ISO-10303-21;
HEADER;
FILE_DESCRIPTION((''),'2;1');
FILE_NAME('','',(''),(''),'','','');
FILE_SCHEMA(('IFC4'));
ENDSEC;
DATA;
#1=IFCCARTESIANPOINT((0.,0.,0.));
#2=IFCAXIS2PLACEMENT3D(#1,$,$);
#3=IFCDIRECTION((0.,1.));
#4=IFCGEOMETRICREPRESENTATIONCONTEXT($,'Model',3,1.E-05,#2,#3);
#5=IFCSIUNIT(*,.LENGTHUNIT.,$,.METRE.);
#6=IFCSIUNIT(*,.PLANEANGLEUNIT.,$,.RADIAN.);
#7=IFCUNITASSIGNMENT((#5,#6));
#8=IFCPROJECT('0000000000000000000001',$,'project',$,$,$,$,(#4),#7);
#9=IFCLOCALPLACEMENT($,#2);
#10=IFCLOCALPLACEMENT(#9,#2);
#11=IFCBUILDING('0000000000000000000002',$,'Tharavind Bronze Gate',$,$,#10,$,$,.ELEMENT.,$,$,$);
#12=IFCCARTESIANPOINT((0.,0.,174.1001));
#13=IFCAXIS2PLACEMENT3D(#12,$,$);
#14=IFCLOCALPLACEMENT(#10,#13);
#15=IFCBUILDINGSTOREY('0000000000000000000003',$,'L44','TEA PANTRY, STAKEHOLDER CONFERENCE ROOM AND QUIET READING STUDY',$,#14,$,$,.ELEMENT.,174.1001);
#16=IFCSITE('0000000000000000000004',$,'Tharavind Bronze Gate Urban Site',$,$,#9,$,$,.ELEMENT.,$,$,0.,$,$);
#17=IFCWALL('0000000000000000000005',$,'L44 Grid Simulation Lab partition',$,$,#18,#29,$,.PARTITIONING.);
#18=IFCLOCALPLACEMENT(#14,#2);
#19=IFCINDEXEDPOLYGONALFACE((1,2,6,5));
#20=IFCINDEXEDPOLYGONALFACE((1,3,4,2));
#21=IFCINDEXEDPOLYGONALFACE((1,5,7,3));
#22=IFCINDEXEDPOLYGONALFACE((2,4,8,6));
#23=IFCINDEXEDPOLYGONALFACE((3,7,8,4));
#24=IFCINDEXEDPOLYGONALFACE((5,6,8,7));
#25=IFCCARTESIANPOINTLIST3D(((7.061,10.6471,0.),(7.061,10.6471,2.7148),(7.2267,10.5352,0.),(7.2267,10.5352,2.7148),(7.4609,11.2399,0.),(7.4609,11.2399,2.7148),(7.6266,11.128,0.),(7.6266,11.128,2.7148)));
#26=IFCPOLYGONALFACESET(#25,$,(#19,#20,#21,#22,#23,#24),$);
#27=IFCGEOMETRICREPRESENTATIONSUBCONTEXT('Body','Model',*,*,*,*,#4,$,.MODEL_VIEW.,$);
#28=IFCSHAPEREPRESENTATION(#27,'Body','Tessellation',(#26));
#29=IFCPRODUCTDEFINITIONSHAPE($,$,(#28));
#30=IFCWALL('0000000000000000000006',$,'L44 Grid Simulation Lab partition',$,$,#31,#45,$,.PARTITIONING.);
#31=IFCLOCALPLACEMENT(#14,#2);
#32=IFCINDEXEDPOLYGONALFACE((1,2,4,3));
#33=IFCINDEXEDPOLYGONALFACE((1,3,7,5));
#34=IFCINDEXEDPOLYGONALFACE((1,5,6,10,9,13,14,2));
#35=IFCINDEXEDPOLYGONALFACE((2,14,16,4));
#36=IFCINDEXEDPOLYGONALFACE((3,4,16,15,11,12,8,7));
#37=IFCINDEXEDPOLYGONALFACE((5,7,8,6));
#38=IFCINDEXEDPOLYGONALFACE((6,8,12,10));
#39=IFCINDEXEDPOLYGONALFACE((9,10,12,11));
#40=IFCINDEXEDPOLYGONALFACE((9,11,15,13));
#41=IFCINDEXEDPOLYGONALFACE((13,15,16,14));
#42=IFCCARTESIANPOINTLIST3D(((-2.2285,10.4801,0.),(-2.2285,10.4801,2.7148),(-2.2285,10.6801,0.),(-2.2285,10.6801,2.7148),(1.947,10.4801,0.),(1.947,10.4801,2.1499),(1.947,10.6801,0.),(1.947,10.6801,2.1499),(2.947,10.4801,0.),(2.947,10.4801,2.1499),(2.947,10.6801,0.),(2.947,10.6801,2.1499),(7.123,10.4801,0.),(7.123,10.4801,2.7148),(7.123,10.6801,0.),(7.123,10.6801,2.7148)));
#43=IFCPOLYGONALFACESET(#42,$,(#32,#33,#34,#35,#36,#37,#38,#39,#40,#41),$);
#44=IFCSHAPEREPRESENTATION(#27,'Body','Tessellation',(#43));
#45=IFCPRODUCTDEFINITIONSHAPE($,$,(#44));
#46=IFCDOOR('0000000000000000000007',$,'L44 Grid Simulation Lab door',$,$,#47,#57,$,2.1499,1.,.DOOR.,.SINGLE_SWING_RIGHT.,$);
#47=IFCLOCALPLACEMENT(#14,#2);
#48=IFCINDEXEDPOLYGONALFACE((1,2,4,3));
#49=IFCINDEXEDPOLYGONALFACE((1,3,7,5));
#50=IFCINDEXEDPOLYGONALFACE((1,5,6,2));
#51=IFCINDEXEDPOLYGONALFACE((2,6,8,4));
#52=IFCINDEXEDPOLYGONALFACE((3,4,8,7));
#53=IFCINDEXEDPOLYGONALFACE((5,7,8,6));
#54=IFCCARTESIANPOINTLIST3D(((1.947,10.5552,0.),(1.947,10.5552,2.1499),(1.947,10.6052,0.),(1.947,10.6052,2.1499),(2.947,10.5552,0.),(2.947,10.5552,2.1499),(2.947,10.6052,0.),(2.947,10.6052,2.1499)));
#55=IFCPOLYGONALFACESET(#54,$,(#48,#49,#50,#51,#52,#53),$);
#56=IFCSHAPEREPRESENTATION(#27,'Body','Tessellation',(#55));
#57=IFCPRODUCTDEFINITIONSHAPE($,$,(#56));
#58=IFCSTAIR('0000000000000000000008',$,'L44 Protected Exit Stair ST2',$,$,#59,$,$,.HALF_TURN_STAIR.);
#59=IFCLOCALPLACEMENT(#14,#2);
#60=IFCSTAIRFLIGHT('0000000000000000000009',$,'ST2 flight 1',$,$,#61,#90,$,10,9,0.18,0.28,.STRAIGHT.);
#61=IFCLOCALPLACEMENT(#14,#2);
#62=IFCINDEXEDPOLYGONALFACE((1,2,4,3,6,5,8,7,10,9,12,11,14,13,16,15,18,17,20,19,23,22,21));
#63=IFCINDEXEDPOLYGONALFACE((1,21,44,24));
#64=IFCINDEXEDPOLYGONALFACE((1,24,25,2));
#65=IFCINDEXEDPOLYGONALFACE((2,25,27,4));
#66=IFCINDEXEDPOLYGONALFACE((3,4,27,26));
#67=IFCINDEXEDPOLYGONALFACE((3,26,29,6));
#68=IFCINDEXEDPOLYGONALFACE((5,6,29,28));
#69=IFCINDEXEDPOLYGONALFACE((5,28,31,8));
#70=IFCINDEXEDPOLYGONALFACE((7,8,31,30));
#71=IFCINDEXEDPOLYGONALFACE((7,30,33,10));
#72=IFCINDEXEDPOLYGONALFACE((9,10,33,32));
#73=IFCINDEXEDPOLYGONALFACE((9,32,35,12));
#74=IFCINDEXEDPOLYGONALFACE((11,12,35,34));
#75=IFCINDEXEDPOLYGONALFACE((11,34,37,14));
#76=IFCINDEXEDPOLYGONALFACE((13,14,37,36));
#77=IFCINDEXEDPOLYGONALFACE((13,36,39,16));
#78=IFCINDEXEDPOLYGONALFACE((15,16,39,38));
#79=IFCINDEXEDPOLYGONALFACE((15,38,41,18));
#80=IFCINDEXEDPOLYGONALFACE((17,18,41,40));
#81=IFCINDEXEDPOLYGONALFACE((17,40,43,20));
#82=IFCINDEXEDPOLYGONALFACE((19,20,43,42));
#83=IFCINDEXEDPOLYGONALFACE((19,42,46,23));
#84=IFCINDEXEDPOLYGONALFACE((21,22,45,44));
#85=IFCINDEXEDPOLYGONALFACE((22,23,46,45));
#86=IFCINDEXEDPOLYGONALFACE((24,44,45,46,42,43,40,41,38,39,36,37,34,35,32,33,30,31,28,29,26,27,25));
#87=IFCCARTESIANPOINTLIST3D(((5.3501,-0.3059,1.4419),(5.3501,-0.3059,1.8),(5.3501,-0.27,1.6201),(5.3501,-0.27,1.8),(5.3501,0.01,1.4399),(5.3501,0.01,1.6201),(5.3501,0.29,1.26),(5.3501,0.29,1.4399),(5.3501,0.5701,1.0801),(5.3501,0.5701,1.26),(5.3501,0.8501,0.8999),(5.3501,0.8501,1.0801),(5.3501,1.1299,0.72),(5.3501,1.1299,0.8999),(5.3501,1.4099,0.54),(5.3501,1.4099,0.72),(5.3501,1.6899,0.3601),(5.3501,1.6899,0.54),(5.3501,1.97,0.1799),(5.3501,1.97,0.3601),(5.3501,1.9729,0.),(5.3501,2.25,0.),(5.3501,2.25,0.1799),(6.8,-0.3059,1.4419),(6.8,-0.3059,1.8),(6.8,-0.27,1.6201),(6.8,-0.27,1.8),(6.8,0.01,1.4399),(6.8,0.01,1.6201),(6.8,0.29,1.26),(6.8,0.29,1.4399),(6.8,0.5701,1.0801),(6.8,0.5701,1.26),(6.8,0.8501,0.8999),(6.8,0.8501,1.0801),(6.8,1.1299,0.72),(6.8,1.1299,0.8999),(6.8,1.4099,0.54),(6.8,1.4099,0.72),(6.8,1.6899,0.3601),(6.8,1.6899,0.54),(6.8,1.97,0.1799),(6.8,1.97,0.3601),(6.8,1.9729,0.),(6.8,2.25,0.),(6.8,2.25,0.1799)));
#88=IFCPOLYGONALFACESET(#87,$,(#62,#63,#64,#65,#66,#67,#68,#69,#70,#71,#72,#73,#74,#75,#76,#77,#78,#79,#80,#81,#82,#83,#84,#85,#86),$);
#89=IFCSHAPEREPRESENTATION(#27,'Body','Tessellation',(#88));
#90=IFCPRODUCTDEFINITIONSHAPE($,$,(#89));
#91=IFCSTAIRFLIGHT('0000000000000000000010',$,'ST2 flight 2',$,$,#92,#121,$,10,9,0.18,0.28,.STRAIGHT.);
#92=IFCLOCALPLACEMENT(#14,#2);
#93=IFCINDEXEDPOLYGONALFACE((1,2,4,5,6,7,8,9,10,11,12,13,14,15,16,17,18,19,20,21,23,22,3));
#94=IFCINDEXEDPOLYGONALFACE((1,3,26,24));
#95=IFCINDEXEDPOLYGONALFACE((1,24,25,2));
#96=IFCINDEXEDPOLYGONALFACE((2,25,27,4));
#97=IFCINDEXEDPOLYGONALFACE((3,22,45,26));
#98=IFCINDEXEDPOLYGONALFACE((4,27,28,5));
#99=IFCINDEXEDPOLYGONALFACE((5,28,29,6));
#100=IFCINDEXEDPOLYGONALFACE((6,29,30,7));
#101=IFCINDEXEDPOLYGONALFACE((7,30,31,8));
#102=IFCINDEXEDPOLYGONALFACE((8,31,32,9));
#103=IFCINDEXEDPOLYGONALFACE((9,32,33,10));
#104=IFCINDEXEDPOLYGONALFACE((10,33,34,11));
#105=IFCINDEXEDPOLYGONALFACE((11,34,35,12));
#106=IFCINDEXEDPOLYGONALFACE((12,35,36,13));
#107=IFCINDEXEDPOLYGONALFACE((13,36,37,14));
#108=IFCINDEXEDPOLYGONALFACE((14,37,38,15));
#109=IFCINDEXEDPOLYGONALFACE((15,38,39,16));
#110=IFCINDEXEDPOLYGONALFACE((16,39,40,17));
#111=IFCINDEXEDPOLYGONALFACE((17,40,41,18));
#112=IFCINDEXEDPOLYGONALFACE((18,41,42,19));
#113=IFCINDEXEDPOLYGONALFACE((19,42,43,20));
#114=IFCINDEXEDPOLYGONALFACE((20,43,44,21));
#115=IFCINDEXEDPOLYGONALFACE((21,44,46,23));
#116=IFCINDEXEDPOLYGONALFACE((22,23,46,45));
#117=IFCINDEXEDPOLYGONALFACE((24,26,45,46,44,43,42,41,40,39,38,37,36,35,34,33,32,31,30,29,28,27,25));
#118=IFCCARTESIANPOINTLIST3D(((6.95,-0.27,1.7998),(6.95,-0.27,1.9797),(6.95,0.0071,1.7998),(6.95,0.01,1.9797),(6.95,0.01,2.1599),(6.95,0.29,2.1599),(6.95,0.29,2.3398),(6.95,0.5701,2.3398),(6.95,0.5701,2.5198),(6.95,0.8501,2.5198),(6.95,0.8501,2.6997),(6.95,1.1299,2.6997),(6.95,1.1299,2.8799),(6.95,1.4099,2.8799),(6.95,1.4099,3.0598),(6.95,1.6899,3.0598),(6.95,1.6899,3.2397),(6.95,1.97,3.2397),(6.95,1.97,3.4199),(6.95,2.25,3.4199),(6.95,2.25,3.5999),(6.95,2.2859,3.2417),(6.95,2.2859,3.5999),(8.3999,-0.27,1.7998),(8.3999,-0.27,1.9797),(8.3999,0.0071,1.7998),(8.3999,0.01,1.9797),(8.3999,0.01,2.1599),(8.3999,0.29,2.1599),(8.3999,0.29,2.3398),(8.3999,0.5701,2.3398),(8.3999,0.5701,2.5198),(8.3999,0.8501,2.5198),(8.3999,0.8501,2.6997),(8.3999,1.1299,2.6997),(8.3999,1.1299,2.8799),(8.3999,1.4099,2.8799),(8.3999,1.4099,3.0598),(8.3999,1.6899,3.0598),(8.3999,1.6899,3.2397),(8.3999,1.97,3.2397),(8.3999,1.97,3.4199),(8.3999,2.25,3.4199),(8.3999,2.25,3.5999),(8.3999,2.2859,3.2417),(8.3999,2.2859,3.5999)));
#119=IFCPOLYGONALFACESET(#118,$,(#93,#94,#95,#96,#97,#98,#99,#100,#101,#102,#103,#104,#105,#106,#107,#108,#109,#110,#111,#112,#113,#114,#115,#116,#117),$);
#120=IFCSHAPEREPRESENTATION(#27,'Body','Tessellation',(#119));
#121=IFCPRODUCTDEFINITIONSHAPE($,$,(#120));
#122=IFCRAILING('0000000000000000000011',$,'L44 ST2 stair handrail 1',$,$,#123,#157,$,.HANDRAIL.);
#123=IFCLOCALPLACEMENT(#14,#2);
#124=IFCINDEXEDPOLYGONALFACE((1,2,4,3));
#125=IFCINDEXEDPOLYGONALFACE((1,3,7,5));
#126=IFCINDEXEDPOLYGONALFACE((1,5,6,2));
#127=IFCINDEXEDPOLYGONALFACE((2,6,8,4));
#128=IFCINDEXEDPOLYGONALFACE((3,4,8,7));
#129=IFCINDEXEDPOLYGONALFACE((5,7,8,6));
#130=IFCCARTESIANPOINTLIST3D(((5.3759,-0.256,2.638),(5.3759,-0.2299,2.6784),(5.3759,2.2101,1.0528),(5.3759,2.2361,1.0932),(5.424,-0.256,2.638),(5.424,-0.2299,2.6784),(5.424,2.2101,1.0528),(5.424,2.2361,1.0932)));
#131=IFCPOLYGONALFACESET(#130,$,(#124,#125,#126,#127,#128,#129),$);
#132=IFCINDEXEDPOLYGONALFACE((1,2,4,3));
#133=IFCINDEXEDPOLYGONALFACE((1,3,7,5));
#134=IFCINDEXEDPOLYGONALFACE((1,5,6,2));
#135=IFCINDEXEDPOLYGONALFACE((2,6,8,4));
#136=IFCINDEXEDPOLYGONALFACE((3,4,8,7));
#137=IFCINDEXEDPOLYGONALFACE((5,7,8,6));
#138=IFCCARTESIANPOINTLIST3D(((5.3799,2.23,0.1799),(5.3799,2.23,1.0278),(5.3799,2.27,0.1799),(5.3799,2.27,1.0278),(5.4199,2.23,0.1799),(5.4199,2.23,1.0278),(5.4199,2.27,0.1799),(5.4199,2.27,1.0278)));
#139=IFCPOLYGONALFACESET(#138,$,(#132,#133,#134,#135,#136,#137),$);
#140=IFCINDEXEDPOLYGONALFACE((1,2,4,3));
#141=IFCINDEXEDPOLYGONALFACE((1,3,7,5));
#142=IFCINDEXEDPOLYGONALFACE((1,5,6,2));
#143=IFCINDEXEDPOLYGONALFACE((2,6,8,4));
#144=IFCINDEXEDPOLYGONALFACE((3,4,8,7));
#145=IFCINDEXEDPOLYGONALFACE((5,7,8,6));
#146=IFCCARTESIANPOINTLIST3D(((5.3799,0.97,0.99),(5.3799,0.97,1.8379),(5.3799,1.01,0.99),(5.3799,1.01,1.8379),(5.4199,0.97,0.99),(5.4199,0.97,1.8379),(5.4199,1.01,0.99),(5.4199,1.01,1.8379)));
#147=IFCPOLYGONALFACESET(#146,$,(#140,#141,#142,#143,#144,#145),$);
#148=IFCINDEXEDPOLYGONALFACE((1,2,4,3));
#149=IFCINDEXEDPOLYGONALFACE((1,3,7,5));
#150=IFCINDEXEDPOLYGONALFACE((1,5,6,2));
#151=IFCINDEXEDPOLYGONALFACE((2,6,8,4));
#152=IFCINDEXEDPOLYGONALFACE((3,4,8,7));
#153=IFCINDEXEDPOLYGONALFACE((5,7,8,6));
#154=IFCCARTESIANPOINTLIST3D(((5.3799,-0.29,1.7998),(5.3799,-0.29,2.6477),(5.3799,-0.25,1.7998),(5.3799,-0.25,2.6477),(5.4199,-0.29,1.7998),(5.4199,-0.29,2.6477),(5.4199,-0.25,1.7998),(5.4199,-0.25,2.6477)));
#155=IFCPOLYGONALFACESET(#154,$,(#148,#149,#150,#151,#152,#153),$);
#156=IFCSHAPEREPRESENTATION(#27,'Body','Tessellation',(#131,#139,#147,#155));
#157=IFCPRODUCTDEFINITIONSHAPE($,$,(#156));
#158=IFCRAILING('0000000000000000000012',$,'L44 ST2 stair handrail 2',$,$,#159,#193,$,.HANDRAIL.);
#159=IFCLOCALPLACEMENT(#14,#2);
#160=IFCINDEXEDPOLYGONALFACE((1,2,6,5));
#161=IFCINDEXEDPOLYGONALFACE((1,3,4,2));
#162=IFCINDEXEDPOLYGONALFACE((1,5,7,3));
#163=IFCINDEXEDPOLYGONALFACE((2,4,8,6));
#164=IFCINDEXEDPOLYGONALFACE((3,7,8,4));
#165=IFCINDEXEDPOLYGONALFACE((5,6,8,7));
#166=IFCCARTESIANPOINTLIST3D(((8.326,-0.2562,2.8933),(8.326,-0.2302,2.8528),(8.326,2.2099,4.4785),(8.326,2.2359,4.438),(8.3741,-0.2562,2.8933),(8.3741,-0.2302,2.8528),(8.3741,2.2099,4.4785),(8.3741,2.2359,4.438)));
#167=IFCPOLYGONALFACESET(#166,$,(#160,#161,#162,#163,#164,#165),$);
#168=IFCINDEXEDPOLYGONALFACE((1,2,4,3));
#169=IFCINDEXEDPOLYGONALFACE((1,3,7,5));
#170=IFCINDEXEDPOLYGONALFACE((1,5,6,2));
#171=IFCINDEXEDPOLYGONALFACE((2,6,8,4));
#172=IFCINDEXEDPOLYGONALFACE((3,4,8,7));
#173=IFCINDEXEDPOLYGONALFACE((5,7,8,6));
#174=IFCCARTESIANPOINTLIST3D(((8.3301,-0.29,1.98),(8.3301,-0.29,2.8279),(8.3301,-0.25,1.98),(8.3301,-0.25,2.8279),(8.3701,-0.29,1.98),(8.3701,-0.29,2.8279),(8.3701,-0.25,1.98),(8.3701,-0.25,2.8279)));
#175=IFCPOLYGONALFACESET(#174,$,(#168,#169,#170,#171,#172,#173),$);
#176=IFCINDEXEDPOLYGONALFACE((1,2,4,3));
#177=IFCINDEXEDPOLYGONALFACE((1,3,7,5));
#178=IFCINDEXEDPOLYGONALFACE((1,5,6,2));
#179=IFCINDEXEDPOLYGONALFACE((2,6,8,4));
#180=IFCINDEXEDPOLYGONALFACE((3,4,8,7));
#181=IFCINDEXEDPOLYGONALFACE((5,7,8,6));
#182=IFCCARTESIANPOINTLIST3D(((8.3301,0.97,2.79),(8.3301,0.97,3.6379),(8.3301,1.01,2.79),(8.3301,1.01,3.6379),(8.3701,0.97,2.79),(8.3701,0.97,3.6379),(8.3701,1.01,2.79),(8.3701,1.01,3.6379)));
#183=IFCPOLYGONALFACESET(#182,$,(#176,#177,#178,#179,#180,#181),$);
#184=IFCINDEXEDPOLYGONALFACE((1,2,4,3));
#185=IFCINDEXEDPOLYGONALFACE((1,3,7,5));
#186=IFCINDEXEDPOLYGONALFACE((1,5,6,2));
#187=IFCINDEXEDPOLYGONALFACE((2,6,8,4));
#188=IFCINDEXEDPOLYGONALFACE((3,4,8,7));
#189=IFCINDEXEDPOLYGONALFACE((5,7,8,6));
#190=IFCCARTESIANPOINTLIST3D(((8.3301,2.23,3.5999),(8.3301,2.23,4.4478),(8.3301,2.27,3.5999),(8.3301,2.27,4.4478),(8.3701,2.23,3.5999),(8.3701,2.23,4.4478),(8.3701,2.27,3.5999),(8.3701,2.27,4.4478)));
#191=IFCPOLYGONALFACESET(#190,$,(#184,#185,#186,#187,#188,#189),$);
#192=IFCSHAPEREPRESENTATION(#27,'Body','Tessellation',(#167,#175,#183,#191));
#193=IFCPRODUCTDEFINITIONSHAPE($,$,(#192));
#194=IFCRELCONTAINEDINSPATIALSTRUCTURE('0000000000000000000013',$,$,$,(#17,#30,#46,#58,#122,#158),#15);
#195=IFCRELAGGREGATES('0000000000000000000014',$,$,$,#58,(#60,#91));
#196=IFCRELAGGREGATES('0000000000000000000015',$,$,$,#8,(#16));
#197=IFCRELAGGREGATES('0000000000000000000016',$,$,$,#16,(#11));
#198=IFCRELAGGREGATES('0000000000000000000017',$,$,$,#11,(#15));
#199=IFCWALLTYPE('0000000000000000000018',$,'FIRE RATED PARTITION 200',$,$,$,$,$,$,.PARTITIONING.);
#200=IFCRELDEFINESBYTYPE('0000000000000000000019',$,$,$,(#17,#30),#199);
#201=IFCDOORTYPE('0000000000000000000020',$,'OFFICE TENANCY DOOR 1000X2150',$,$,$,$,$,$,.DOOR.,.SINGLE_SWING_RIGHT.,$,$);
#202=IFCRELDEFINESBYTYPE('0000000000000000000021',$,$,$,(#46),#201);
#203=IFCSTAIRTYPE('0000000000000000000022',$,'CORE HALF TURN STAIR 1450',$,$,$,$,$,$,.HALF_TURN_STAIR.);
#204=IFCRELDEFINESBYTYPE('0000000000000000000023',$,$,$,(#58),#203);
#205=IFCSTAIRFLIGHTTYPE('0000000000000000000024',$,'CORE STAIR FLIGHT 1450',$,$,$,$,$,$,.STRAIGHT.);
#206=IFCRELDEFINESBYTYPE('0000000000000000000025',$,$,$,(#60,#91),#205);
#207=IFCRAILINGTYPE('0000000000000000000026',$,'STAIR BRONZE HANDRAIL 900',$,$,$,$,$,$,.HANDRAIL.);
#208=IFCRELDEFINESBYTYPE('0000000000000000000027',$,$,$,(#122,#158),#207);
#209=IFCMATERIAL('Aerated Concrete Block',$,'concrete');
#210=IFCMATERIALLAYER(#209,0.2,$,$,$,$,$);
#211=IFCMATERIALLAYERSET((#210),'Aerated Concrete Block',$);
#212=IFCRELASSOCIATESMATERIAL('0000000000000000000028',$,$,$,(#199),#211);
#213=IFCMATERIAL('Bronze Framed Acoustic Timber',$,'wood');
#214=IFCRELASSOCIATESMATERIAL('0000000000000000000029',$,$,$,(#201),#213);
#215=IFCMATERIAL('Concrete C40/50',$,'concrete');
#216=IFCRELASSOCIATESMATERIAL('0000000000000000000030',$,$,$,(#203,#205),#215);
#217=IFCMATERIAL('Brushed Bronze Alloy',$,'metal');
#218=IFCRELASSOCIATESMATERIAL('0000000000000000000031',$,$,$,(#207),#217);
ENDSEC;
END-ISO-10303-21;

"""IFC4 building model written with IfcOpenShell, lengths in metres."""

from ifc_helpers import new_model, si_unit, direction, frame, frame_2d, origin, origin_2d, place, context, subcontext, project, spatial, polyline, rectangle, outline, extrude, material, layer, layer_set, type_object, element, fill, aggregate, save


model = new_model("IFC4")

# Units and contexts
model_context = context("Model", 3, precision=1e-05, world=origin(), true_north=direction((0.0, 1.0)))
body_context = subcontext(model_context, "Body", "Model", "MODEL_VIEW")
ifc_project = project(units=[si_unit("LENGTHUNIT", "METRE"), si_unit("PLANEANGLEUNIT", "RADIAN")], contexts=[model_context])

# Site, building, storey
site_placement = place(None, origin())
site = spatial("IfcSite", under=ifc_project, at=site_placement, Name="Tharavind Bronze Gate Urban Site", CompositionType="ELEMENT", RefElevation=0.0)
building_placement = place(site_placement, origin())
building = spatial("IfcBuilding", under=site, at=building_placement, Name="Tharavind Bronze Gate", CompositionType="ELEMENT")
storey_placement = place(building_placement, frame((0.0, 0.0, 174.1001)))
storey = spatial("IfcBuildingStorey", under=building, at=storey_placement, Name="L44", Description="TEA PANTRY, STAKEHOLDER CONFERENCE ROOM AND QUIET READING STUDY", CompositionType="ELEMENT", Elevation=174.1001)

# Shared definitions
ifc_material_1 = material(Name="Aerated Concrete Block", Category="concrete")
ifc_layer_1 = layer(ifc_material_1, 0.2)
ifc_layer_set_1 = layer_set([ifc_layer_1], Name="Aerated Concrete Block")
wall_type_1 = type_object("IfcWallType", Name="FIRE RATED PARTITION 200", PredefinedType="PARTITIONING", material=ifc_layer_set_1)

# Shared definitions
ifc_material_2 = material(Name="Bronze Framed Acoustic Timber", Category="wood")
door_type_1 = type_object("IfcDoorType", Name="OFFICE TENANCY DOOR 1000X2150", OperationType="SINGLE_SWING_RIGHT", PredefinedType="DOOR", material=ifc_material_2)

# Wall
wall_1_placement = place(storey_placement, frame((7.5437, 11.1838, 0.0), z_axis=(0.0, 0.0, 1.0), x_axis=(-0.559262, -0.828991, 0.0)))
element("IfcWall", 1, at=wall_1_placement, inside=storey, type_object=wall_type_1, Name="L44 Grid Simulation Lab partition", PredefinedType="PARTITIONING", context=body_context, shape_type="SweptSolid", body=[
    extrude(rectangle(XDim=0.7151, YDim=0.2, at=frame_2d((0.3574, 0.0))), origin(), (0.0, 0.0, 1.0), 2.7148),
])

# Wall, opening, door
wall_2_placement = place(storey_placement, frame((7.123, 10.5801, 0.0), z_axis=(0.0, 0.0, 1.0), x_axis=(-1.0, 0.0, 0.0)))
wall_2 = element("IfcWall", 2, at=wall_2_placement, inside=storey, type_object=wall_type_1, Name="L44 Grid Simulation Lab partition", PredefinedType="PARTITIONING", context=body_context, shape_type="SweptSolid", body=[
    extrude(rectangle(XDim=9.3516, YDim=0.2, at=frame_2d((4.6758, 0.0))), origin(), (0.0, 0.0, 1.0), 2.7148),
])
opening_1_placement = place(wall_2_placement, frame((4.176, 0.0, 0.0)))
opening_1 = element("IfcOpeningElement", 3, at=opening_1_placement, cuts=wall_2, PredefinedType="OPENING", context=body_context, shape_type="SweptSolid", body=[
    extrude(rectangle(XDim=1.0, YDim=2.1499, at=frame_2d((0.5, 1.075))), frame((0.0, 0.1101, 0.0), z_axis=(0.0, -1.0, 0.0), x_axis=(1.0, 0.0, 0.0)), (0.0, 0.0, 1.0), 0.22),
])
door_1_placement = place(opening_1_placement, origin())
door_1 = element("IfcDoor", 4, at=door_1_placement, inside=storey, type_object=door_type_1, Name="L44 Grid Simulation Lab door", OperationType="SINGLE_SWING_RIGHT", OverallHeight=2.1499, OverallWidth=1.0, PredefinedType="DOOR", context=body_context, shape_type="SweptSolid", body=[
    extrude(rectangle(XDim=1.0, YDim=2.1499, at=frame_2d((0.5, 1.075))), frame((0.0, 0.0249, 0.0), z_axis=(0.0, -1.0, 0.0), x_axis=(1.0, 0.0, 0.0)), (0.0, 0.0, 1.0), 0.05),
])
fill(opening_1, door_1)

# Stair, stair flights
ifc_material_3 = material(Name="Concrete C40/50", Category="concrete")
stair_type = type_object("IfcStairType", Name="CORE HALF TURN STAIR 1450", PredefinedType="HALF_TURN_STAIR", material=ifc_material_3)
stair_placement = place(storey_placement, origin())
stair = element("IfcStair", 5, at=stair_placement, inside=storey, type_object=stair_type, Name="L44 Protected Exit Stair ST2", PredefinedType="HALF_TURN_STAIR")
stair_flight_type = type_object("IfcStairFlightType", Name="CORE STAIR FLIGHT 1450", PredefinedType="STRAIGHT", material=ifc_material_3)
stair_flight_1_placement = place(storey_placement, frame((6.075, 2.25, 0.0), z_axis=(0.0, 0.0, 1.0), x_axis=(0.0, -1.0, 0.0)))
stair_flight_1 = element("IfcStairFlight", 6, at=stair_flight_1_placement, type_object=stair_flight_type, Name="ST2 flight 1", NumberOfRisers=10, NumberOfTreads=9, PredefinedType="STRAIGHT", RiserHeight=0.18, TreadLength=0.28, context=body_context, shape_type="SweptSolid", body=[
    extrude(outline(polyline([(0.0, 0.0), (0.0, 0.1799), (0.28, 0.1799), (0.28, 0.3601), (0.5601, 0.3601), (0.5601, 0.54), (0.8401, 0.54), (0.8401, 0.72), (1.1201, 0.72), (1.1201, 0.8999), (1.3999, 0.8999), (1.3999, 1.0801), (1.6799, 1.0801), (1.6799, 1.26), (1.96, 1.26), (1.96, 1.4399), (2.24, 1.4399), (2.24, 1.6201), (2.52, 1.6201), (2.52, 1.8), (2.5559, 1.8), (2.5559, 1.4419), (0.2771, 0.0), (0.0, 0.0)])), frame((0.0, 0.7251, 0.0), z_axis=(0.0, -1.0, 0.0), x_axis=(1.0, 0.0, 0.0)), (0.0, 0.0, 1.0), 1.45),
])
stair_flight_2_placement = place(storey_placement, frame((7.675, -0.27, 1.7998), z_axis=(0.0, 0.0, 1.0), x_axis=(0.0, 1.0, 0.0)))
stair_flight_2 = element("IfcStairFlight", 7, at=stair_flight_2_placement, type_object=stair_flight_type, Name="ST2 flight 2", NumberOfRisers=10, NumberOfTreads=9, PredefinedType="STRAIGHT", RiserHeight=0.18, TreadLength=0.28, context=body_context, shape_type="SweptSolid", body=[
    extrude(outline(polyline([(0.0, 0.0), (0.0, 0.1799), (0.28, 0.1799), (0.28, 0.3601), (0.5601, 0.3601), (0.5601, 0.54), (0.8401, 0.54), (0.8401, 0.72), (1.1201, 0.72), (1.1201, 0.8999), (1.3999, 0.8999), (1.3999, 1.0801), (1.6799, 1.0801), (1.6799, 1.26), (1.96, 1.26), (1.96, 1.4399), (2.24, 1.4399), (2.24, 1.6201), (2.52, 1.6201), (2.52, 1.8), (2.5559, 1.8), (2.5559, 1.4419), (0.2771, 0.0), (0.0, 0.0)])), frame((0.0, 0.7251, 0.0), z_axis=(0.0, -1.0, 0.0), x_axis=(1.0, 0.0, 0.0)), (0.0, 0.0, 1.0), 1.45),
])
aggregate(stair, [stair_flight_1, stair_flight_2])

# Railings
ifc_material_4 = material(Name="Brushed Bronze Alloy", Category="metal")
railing_type_1 = type_object("IfcRailingType", Name="STAIR BRONZE HANDRAIL 900", PredefinedType="HANDRAIL", material=ifc_material_4)
railing_1_placement = place(storey_placement, frame((5.3999, 2.25, 0.1799)))
element("IfcRailing", 8, at=railing_1_placement, inside=storey, type_object=railing_type_1, Name="L44 ST2 stair handrail 1", PredefinedType="HANDRAIL", context=body_context, shape_type="SweptSolid", body=[
    extrude(rectangle(XDim=0.0481, YDim=0.0481, at=origin_2d()), frame((0.0, -0.0269, 0.8931), z_axis=(0.0, -0.8412, 0.540725), x_axis=(1.0, 0.0, 0.0)), (0.0, 0.0, 1.0), 2.9316),
    extrude(rectangle(XDim=0.04, YDim=0.04, at=origin_2d()), origin(), (0.0, 0.0, 1.0), 0.8479),
    extrude(rectangle(XDim=0.04, YDim=0.04, at=origin_2d()), frame((0.0, -1.26, 0.8101)), (0.0, 0.0, 1.0), 0.8479),
    extrude(rectangle(XDim=0.04, YDim=0.04, at=origin_2d()), frame((0.0, -2.52, 1.6199)), (0.0, 0.0, 1.0), 0.8479),
])
railing_2_placement = place(storey_placement, frame((8.3501, -0.27, 1.98)))
element("IfcRailing", 9, at=railing_2_placement, inside=storey, type_object=railing_type_1, Name="L44 ST2 stair handrail 2", PredefinedType="HANDRAIL", context=body_context, shape_type="SweptSolid", body=[
    extrude(rectangle(XDim=0.0481, YDim=0.0481, at=origin_2d()), frame((0.0, 0.0269, 0.8931), z_axis=(0.0, 0.8412, 0.540725), x_axis=(-1.0, 0.0, 0.0)), (0.0, 0.0, 1.0), 2.9316),
    extrude(rectangle(XDim=0.04, YDim=0.04, at=origin_2d()), origin(), (0.0, 0.0, 1.0), 0.8479),
    extrude(rectangle(XDim=0.04, YDim=0.04, at=origin_2d()), frame((0.0, 1.26, 0.8101)), (0.0, 0.0, 1.0), 0.8479),
    extrude(rectangle(XDim=0.04, YDim=0.04, at=origin_2d()), frame((0.0, 2.52, 1.6199)), (0.0, 0.0, 1.0), 0.8479),
])

save(model, "model.ifc")
